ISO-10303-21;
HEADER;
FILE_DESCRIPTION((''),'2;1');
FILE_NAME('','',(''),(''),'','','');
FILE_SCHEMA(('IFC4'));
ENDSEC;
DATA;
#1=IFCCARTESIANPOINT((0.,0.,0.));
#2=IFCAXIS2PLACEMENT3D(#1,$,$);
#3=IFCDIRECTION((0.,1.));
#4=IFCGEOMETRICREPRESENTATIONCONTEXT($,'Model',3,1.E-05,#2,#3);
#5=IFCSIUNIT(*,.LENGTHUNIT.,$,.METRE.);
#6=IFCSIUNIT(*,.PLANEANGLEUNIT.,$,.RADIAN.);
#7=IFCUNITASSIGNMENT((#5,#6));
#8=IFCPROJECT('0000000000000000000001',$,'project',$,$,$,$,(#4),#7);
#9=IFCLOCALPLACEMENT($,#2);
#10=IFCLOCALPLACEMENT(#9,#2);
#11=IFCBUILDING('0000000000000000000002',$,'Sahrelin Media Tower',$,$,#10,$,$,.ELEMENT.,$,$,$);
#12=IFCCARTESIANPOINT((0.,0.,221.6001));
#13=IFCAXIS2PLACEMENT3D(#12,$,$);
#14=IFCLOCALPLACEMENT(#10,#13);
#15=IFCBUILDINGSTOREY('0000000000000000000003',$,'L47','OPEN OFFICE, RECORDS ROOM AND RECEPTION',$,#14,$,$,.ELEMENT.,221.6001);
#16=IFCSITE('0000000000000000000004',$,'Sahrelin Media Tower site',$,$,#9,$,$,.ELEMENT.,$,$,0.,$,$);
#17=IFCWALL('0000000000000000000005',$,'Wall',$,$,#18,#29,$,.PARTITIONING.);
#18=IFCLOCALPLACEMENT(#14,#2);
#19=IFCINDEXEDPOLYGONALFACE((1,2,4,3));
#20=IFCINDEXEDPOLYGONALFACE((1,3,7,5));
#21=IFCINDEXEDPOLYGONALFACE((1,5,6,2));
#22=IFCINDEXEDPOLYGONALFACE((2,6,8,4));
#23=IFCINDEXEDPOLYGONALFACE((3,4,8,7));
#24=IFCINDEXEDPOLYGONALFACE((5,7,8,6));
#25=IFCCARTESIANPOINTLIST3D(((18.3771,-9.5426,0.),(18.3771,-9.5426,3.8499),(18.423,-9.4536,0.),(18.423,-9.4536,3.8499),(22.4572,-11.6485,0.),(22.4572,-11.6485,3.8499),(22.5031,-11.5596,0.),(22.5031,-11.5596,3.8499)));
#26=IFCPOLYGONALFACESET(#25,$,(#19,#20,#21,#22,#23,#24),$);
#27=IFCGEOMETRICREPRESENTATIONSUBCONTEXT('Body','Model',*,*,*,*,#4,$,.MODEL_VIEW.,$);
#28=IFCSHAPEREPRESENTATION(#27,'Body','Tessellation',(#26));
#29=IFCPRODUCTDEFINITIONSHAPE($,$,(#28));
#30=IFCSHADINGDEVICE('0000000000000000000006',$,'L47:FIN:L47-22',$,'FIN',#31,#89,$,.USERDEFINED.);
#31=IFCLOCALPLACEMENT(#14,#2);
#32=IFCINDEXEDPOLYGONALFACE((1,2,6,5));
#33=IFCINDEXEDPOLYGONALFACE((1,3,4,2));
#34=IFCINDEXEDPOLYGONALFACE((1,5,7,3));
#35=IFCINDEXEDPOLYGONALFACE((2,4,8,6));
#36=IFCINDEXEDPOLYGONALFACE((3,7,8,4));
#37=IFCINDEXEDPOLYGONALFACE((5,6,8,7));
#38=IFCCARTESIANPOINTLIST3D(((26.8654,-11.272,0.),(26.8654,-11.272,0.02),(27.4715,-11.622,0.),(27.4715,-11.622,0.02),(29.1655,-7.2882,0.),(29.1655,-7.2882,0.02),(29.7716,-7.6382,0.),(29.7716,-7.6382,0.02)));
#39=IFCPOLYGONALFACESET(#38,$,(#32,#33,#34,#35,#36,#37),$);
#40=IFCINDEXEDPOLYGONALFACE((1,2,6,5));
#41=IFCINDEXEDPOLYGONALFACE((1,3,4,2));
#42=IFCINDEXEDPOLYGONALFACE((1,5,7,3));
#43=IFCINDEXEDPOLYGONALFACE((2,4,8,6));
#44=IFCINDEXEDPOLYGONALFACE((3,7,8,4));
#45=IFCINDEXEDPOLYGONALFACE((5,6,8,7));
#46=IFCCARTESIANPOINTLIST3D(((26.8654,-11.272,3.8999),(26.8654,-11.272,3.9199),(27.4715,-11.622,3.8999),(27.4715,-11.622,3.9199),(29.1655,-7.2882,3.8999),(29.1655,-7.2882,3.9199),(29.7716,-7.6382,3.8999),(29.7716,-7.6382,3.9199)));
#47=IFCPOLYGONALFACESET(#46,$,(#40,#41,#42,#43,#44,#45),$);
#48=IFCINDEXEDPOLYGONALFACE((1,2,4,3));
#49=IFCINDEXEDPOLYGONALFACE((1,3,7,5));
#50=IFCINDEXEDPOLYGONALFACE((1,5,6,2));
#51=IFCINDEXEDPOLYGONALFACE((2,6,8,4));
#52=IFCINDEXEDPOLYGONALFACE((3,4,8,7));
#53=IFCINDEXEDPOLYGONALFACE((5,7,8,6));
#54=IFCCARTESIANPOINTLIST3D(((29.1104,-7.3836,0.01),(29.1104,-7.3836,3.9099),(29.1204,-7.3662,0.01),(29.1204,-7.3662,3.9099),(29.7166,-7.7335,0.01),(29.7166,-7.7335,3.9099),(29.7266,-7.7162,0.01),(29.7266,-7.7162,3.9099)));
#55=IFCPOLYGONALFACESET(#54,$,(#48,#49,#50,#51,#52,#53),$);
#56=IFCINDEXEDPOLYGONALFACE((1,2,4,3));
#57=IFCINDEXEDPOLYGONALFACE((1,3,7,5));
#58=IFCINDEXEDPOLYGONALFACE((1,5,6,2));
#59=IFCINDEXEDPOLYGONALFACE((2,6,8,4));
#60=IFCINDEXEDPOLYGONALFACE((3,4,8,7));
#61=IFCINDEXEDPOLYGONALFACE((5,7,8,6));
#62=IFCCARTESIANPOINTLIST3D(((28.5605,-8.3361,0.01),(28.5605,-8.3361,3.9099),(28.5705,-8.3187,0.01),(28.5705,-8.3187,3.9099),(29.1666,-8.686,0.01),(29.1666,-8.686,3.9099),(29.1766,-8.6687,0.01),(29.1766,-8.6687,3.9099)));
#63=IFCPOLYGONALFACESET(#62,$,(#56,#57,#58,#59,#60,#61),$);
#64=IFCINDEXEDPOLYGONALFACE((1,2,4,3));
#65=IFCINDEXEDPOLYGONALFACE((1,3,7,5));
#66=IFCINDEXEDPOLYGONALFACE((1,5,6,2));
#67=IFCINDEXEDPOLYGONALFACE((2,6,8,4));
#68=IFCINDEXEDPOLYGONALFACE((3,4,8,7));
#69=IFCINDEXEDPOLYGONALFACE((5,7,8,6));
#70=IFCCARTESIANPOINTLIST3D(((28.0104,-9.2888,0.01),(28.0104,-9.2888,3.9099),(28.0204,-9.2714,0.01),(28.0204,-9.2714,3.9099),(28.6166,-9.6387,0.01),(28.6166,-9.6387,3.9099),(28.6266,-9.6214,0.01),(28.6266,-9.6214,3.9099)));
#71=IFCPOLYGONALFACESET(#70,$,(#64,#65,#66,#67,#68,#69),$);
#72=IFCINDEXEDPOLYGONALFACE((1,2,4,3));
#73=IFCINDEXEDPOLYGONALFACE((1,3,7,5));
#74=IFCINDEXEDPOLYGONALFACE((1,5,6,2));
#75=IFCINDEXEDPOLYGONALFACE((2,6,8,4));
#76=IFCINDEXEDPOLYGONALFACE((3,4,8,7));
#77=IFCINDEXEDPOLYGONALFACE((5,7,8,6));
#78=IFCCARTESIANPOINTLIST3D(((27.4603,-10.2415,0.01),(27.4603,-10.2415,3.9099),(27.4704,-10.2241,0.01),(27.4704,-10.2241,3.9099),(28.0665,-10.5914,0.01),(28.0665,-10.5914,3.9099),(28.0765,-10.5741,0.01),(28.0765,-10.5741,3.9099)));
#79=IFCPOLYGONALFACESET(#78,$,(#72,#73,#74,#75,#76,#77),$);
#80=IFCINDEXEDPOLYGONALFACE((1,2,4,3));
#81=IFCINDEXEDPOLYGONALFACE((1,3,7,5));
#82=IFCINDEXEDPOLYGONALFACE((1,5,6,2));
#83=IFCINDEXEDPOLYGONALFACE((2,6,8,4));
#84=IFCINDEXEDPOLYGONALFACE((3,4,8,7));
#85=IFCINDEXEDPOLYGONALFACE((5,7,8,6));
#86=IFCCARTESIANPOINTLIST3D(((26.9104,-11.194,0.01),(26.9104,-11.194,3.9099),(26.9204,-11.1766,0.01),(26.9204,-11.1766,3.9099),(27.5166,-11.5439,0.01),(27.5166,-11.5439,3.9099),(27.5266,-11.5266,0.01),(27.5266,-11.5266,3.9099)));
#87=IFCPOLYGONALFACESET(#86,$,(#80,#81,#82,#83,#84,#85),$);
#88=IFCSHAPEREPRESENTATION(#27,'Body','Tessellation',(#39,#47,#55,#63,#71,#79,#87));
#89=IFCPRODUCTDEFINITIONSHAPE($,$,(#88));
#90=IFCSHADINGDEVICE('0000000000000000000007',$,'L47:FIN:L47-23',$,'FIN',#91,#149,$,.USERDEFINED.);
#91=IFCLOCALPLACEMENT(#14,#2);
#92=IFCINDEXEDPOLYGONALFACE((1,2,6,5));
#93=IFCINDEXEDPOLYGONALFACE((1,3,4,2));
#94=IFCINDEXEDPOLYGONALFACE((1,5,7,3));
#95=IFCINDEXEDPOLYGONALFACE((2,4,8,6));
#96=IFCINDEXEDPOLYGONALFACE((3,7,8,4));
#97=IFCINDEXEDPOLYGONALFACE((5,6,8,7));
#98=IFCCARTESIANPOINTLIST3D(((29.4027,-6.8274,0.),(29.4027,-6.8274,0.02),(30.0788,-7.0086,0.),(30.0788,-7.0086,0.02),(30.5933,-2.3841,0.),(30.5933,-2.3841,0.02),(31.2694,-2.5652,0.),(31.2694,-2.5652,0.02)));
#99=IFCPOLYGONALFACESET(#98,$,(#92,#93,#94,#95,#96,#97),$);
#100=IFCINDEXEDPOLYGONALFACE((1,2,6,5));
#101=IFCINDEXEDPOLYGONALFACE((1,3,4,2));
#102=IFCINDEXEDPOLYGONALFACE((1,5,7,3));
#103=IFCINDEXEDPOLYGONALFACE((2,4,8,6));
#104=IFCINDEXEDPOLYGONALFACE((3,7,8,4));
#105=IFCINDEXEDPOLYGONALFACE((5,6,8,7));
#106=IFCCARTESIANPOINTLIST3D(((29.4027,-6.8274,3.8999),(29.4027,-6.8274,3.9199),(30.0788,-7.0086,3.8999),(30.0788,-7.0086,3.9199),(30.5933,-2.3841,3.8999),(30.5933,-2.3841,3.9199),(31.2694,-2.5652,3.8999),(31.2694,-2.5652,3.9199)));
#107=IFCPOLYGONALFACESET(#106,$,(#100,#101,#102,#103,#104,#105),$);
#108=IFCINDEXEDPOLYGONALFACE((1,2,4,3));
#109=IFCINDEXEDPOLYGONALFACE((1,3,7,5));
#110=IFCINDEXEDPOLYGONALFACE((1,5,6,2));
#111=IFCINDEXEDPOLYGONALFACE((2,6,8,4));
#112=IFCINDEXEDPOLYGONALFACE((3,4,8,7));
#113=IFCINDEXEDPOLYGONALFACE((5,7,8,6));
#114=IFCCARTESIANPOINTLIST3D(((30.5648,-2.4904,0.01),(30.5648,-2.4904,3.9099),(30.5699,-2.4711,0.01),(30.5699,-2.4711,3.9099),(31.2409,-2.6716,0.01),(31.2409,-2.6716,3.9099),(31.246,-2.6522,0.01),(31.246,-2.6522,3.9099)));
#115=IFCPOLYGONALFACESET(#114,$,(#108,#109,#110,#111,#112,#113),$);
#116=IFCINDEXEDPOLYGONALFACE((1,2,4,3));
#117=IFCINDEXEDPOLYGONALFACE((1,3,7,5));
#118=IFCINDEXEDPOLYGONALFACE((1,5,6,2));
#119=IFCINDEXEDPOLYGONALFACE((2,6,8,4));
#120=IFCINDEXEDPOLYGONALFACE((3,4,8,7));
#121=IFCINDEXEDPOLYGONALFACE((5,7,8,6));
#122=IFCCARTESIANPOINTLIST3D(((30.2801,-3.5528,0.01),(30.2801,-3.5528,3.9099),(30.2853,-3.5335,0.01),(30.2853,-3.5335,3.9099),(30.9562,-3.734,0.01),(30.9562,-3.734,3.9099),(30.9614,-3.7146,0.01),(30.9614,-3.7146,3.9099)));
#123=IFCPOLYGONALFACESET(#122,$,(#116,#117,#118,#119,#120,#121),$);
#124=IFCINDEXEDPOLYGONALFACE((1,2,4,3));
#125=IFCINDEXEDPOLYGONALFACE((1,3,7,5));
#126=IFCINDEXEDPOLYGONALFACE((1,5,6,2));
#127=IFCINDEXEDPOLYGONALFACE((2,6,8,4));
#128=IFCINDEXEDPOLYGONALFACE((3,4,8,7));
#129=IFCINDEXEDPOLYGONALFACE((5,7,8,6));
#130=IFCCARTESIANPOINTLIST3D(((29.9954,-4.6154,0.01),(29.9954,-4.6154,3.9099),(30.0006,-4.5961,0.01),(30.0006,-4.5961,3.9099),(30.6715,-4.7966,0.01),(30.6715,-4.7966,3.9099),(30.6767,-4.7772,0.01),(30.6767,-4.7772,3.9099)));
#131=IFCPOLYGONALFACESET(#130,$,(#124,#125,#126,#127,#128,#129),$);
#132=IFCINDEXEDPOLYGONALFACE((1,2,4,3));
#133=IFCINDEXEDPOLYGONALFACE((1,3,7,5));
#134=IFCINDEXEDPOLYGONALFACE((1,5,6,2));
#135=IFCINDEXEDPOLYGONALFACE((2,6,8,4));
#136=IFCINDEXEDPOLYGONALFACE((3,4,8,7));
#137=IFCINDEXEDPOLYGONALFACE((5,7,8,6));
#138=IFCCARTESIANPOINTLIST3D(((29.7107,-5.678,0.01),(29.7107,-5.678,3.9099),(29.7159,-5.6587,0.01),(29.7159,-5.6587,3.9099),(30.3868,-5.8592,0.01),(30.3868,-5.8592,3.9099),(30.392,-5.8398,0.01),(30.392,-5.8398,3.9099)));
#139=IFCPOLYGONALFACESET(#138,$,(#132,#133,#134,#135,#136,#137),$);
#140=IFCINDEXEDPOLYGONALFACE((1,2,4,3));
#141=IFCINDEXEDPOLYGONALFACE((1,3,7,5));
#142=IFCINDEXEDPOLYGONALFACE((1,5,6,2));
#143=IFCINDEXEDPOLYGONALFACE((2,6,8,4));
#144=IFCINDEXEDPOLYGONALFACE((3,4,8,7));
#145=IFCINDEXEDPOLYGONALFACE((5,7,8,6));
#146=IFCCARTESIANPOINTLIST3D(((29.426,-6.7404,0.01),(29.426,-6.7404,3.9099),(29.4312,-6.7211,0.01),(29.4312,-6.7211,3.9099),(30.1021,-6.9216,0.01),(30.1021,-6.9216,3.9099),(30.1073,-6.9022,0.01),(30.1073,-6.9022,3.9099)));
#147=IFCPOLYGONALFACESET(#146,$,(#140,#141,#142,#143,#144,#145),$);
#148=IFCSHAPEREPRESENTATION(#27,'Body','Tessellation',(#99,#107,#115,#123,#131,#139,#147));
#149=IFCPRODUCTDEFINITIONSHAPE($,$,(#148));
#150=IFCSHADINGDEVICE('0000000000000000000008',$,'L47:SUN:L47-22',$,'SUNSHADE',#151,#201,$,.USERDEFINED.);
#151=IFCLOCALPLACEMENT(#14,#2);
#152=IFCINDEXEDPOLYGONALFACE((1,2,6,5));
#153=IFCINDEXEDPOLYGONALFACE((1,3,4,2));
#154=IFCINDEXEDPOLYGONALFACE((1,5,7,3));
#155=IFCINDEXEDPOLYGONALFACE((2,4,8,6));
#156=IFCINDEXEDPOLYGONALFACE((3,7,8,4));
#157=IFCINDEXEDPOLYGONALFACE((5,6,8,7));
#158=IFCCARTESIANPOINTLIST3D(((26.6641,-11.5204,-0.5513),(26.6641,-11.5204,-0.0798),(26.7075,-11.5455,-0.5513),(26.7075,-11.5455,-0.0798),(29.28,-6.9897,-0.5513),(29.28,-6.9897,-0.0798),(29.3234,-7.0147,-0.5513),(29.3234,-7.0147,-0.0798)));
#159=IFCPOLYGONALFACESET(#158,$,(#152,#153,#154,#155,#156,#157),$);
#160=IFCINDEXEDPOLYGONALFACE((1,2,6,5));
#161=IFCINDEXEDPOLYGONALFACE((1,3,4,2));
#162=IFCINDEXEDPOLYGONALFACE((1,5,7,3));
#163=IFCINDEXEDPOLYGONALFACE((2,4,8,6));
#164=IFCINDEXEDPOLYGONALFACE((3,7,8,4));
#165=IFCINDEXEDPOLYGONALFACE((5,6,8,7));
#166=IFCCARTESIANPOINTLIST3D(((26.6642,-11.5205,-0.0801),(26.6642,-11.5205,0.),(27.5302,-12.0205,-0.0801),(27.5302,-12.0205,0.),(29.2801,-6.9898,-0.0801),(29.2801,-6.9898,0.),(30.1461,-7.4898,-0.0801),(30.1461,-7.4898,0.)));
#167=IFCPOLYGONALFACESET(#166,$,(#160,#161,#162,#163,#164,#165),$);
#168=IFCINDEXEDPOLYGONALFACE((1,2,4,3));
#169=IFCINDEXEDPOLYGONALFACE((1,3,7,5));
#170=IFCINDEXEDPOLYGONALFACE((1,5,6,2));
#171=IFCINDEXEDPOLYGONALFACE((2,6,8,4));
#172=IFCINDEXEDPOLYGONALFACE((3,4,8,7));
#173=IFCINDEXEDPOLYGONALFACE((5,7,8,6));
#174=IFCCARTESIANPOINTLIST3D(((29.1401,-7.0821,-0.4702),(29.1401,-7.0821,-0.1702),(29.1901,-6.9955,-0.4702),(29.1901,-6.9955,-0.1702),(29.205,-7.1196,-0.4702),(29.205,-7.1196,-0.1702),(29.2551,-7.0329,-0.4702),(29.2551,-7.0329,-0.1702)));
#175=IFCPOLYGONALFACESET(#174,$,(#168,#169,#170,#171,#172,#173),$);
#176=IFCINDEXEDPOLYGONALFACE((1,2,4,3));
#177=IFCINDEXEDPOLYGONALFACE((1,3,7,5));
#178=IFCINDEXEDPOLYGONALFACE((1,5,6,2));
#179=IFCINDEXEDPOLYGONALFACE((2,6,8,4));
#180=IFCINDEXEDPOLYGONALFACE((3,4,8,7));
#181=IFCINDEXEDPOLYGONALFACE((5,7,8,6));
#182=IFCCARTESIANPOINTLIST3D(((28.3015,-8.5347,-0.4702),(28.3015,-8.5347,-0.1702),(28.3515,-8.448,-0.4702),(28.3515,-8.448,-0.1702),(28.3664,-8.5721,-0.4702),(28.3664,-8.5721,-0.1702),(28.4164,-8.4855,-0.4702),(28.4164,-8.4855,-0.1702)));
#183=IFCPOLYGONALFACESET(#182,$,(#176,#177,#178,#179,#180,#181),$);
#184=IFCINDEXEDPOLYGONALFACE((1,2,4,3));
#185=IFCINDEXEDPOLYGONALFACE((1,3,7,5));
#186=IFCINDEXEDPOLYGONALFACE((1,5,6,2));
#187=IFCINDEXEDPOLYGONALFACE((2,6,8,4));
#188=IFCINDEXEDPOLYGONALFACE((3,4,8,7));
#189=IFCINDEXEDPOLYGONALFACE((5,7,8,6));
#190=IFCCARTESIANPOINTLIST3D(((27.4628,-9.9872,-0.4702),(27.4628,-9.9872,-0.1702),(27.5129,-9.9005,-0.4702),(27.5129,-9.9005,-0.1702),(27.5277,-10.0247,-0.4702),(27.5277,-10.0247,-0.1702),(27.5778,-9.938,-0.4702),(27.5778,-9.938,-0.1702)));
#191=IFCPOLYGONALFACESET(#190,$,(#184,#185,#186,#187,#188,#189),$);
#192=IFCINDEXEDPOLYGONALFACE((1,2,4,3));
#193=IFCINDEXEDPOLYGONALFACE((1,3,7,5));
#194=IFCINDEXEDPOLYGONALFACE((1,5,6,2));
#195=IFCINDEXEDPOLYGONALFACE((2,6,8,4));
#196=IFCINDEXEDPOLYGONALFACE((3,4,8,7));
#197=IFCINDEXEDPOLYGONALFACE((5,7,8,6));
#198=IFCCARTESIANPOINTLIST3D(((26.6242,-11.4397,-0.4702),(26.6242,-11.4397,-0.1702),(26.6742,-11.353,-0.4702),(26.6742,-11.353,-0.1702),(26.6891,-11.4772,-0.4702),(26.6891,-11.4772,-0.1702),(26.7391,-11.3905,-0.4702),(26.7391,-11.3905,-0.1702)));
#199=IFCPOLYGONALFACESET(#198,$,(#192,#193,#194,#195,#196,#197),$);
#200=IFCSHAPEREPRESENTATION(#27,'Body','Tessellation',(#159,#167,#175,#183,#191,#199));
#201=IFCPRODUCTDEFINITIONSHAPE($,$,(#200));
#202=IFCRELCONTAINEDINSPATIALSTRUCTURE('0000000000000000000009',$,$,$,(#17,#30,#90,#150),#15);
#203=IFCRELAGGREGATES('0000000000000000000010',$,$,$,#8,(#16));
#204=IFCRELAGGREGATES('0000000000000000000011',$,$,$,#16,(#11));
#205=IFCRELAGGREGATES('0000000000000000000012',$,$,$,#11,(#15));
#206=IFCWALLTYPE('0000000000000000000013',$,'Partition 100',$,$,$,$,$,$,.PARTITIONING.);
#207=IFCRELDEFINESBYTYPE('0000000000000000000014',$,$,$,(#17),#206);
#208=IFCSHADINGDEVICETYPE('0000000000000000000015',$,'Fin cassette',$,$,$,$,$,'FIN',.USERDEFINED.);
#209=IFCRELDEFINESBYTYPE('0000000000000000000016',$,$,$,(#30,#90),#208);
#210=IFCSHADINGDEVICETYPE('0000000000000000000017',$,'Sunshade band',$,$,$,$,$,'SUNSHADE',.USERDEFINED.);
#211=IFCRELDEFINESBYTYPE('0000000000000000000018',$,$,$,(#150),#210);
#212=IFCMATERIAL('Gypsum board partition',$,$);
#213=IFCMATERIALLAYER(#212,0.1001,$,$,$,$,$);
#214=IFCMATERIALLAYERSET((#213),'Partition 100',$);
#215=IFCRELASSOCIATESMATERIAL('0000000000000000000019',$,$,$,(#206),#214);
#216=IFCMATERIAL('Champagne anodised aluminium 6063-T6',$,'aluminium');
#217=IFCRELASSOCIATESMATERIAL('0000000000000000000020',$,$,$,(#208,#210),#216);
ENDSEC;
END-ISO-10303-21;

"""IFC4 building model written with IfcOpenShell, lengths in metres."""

from ifc_helpers import new_model, si_unit, direction, frame, frame_2d, origin, origin_2d, place, context, subcontext, project, spatial, rectangle, extrude, material, layer, layer_set, type_object, element, save


model = new_model("IFC4")

# Units and contexts
model_context = context("Model", 3, precision=1e-05, world=origin(), true_north=direction((0.0, 1.0)))
body_context = subcontext(model_context, "Body", "Model", "MODEL_VIEW")
ifc_project = project(units=[si_unit("LENGTHUNIT", "METRE"), si_unit("PLANEANGLEUNIT", "RADIAN")], contexts=[model_context])

# Site, building, storey
site_placement = place(None, origin())
site = spatial("IfcSite", under=ifc_project, at=site_placement, Name="Sahrelin Media Tower site", CompositionType="ELEMENT", RefElevation=0.0)
building_placement = place(site_placement, origin())
building = spatial("IfcBuilding", under=site, at=building_placement, Name="Sahrelin Media Tower", CompositionType="ELEMENT")
storey_placement = place(building_placement, frame((0.0, 0.0, 221.6001)))
storey = spatial("IfcBuildingStorey", under=building, at=storey_placement, Name="L47", Description="OPEN OFFICE, RECORDS ROOM AND RECEPTION", CompositionType="ELEMENT", Elevation=221.6001)

# Shared definitions
ifc_material_1 = material(Name="Champagne anodised aluminium 6063-T6", Category="aluminium")

# Wall
ifc_material_2 = material(Name="Gypsum board partition")
ifc_layer_1 = layer(ifc_material_2, 0.1001)
ifc_layer_set_1 = layer_set([ifc_layer_1], Name="Partition 100")
wall_type_1 = type_object("IfcWallType", Name="Partition 100", PredefinedType="PARTITIONING", material=ifc_layer_set_1)
wall_1_placement = place(storey_placement, frame((18.3999, -9.498, 0.0), z_axis=(0.0, 0.0, 1.0), x_axis=(0.888611, -0.458662, 0.0)))
element("IfcWall", 1, at=wall_1_placement, inside=storey, type_object=wall_type_1, Name="Wall", PredefinedType="PARTITIONING", context=body_context, shape_type="SweptSolid", body=[
    extrude(rectangle(XDim=4.5916, YDim=0.1001, at=frame_2d((2.2959, 0.0))), origin(), (0.0, 0.0, 1.0), 3.8499),
])

# Shading devices
shading_device_type_1 = type_object("IfcShadingDeviceType", Name="Fin cassette", ElementType="FIN", PredefinedType="USERDEFINED", material=ifc_material_1)
placement_1 = place(storey_placement, frame((27.9548, -9.2451, 0.0), z_axis=(0.0, 0.0, 1.0), x_axis=(-0.500011, -0.866019, 0.0)))
element("IfcShadingDevice", 2, at=placement_1, inside=storey, type_object=shading_device_type_1, Name="L47:FIN:L47-22", ObjectType="FIN", PredefinedType="USERDEFINED", context=body_context, shape_type="SweptSolid", body=[
    extrude(rectangle(XDim=4.6001, YDim=0.7, at=origin_2d()), frame((0.0, 0.4199, 0.0)), (0.0, 0.0, 1.0), 0.02),
    extrude(rectangle(XDim=4.6001, YDim=0.7, at=origin_2d()), frame((0.0, 0.4199, 3.8999)), (0.0, 0.0, 1.0), 0.02),
    extrude(rectangle(XDim=0.02, YDim=0.7, at=origin_2d()), frame((-2.2, 0.4199, 0.01), z_axis=(0.0, 0.0, 1.0), x_axis=(1.0, 0.0, 0.0)), (0.0, 0.0, 1.0), 3.8999),
    extrude(rectangle(XDim=0.02, YDim=0.7, at=origin_2d()), frame((-1.1001, 0.4199, 0.01), z_axis=(0.0, 0.0, 1.0), x_axis=(1.0, 0.0, 0.0)), (0.0, 0.0, 1.0), 3.8999),
    extrude(rectangle(XDim=0.02, YDim=0.7, at=origin_2d()), frame((0.0, 0.4199, 0.01), z_axis=(0.0, 0.0, 1.0), x_axis=(1.0, 0.0, 0.0)), (0.0, 0.0, 1.0), 3.8999),
    extrude(rectangle(XDim=0.02, YDim=0.7, at=origin_2d()), frame((1.1001, 0.4199, 0.01), z_axis=(0.0, 0.0, 1.0), x_axis=(1.0, 0.0, 0.0)), (0.0, 0.0, 1.0), 3.8999),
    extrude(rectangle(XDim=0.02, YDim=0.7, at=origin_2d()), frame((2.2, 0.4199, 0.01), z_axis=(0.0, 0.0, 1.0), x_axis=(1.0, 0.0, 0.0)), (0.0, 0.0, 1.0), 3.8999),
])
placement_2 = place(storey_placement, frame((29.9304, -4.5876, 0.0), z_axis=(0.0, 0.0, 1.0), x_axis=(-0.258808, -0.965929, 0.0)))
element("IfcShadingDevice", 3, at=placement_2, inside=storey, type_object=shading_device_type_1, Name="L47:FIN:L47-23", ObjectType="FIN", PredefinedType="USERDEFINED", context=body_context, shape_type="SweptSolid", body=[
    extrude(rectangle(XDim=4.6001, YDim=0.7, at=origin_2d()), frame((0.0, 0.4199, 0.0)), (0.0, 0.0, 1.0), 0.02),
    extrude(rectangle(XDim=4.6001, YDim=0.7, at=origin_2d()), frame((0.0, 0.4199, 3.8999)), (0.0, 0.0, 1.0), 0.02),
    extrude(rectangle(XDim=0.02, YDim=0.7, at=origin_2d()), frame((-2.2, 0.4199, 0.01), z_axis=(0.0, 0.0, 1.0), x_axis=(1.0, 0.0, 0.0)), (0.0, 0.0, 1.0), 3.8999),
    extrude(rectangle(XDim=0.02, YDim=0.7, at=origin_2d()), frame((-1.1001, 0.4199, 0.01), z_axis=(0.0, 0.0, 1.0), x_axis=(1.0, 0.0, 0.0)), (0.0, 0.0, 1.0), 3.8999),
    extrude(rectangle(XDim=0.02, YDim=0.7, at=origin_2d()), frame((0.0, 0.4199, 0.01), z_axis=(0.0, 0.0, 1.0), x_axis=(1.0, 0.0, 0.0)), (0.0, 0.0, 1.0), 3.8999),
    extrude(rectangle(XDim=0.02, YDim=0.7, at=origin_2d()), frame((1.1001, 0.4199, 0.01), z_axis=(0.0, 0.0, 1.0), x_axis=(1.0, 0.0, 0.0)), (0.0, 0.0, 1.0), 3.8999),
    extrude(rectangle(XDim=0.02, YDim=0.7, at=origin_2d()), frame((2.2, 0.4199, 0.01), z_axis=(0.0, 0.0, 1.0), x_axis=(1.0, 0.0, 0.0)), (0.0, 0.0, 1.0), 3.8999),
])
shading_device_type_2 = type_object("IfcShadingDeviceType", Name="Sunshade band", ElementType="SUNSHADE", PredefinedType="USERDEFINED", material=ifc_material_1)
element("IfcShadingDevice", 4, at=placement_1, inside=storey, type_object=shading_device_type_2, Name="L47:SUN:L47-22", ObjectType="SUNSHADE", PredefinedType="USERDEFINED", context=body_context, shape_type="SweptSolid", body=[
    extrude(rectangle(XDim=5.2317, YDim=0.05, at=origin_2d()), frame((0.0, 0.0449, -0.5513)), (0.0, 0.0, 1.0), 0.4714),
    extrude(rectangle(XDim=5.2317, YDim=1.0, at=origin_2d()), frame((0.0, 0.52, -0.0801)), (0.0, 0.0, 1.0), 0.0801),
    extrude(rectangle(XDim=0.1001, YDim=0.075, at=origin_2d()), frame((-2.5159, -0.0176, -0.4702)), (0.0, 0.0, 1.0), 0.3),
    extrude(rectangle(XDim=0.1001, YDim=0.075, at=origin_2d()), frame((-0.8386, -0.0176, -0.4702)), (0.0, 0.0, 1.0), 0.3),
    extrude(rectangle(XDim=0.1001, YDim=0.075, at=origin_2d()), frame((0.8386, -0.0176, -0.4702)), (0.0, 0.0, 1.0), 0.3),
    extrude(rectangle(XDim=0.1001, YDim=0.075, at=origin_2d()), frame((2.5159, -0.0176, -0.4702)), (0.0, 0.0, 1.0), 0.3),
])

save(model, "model.ifc")
